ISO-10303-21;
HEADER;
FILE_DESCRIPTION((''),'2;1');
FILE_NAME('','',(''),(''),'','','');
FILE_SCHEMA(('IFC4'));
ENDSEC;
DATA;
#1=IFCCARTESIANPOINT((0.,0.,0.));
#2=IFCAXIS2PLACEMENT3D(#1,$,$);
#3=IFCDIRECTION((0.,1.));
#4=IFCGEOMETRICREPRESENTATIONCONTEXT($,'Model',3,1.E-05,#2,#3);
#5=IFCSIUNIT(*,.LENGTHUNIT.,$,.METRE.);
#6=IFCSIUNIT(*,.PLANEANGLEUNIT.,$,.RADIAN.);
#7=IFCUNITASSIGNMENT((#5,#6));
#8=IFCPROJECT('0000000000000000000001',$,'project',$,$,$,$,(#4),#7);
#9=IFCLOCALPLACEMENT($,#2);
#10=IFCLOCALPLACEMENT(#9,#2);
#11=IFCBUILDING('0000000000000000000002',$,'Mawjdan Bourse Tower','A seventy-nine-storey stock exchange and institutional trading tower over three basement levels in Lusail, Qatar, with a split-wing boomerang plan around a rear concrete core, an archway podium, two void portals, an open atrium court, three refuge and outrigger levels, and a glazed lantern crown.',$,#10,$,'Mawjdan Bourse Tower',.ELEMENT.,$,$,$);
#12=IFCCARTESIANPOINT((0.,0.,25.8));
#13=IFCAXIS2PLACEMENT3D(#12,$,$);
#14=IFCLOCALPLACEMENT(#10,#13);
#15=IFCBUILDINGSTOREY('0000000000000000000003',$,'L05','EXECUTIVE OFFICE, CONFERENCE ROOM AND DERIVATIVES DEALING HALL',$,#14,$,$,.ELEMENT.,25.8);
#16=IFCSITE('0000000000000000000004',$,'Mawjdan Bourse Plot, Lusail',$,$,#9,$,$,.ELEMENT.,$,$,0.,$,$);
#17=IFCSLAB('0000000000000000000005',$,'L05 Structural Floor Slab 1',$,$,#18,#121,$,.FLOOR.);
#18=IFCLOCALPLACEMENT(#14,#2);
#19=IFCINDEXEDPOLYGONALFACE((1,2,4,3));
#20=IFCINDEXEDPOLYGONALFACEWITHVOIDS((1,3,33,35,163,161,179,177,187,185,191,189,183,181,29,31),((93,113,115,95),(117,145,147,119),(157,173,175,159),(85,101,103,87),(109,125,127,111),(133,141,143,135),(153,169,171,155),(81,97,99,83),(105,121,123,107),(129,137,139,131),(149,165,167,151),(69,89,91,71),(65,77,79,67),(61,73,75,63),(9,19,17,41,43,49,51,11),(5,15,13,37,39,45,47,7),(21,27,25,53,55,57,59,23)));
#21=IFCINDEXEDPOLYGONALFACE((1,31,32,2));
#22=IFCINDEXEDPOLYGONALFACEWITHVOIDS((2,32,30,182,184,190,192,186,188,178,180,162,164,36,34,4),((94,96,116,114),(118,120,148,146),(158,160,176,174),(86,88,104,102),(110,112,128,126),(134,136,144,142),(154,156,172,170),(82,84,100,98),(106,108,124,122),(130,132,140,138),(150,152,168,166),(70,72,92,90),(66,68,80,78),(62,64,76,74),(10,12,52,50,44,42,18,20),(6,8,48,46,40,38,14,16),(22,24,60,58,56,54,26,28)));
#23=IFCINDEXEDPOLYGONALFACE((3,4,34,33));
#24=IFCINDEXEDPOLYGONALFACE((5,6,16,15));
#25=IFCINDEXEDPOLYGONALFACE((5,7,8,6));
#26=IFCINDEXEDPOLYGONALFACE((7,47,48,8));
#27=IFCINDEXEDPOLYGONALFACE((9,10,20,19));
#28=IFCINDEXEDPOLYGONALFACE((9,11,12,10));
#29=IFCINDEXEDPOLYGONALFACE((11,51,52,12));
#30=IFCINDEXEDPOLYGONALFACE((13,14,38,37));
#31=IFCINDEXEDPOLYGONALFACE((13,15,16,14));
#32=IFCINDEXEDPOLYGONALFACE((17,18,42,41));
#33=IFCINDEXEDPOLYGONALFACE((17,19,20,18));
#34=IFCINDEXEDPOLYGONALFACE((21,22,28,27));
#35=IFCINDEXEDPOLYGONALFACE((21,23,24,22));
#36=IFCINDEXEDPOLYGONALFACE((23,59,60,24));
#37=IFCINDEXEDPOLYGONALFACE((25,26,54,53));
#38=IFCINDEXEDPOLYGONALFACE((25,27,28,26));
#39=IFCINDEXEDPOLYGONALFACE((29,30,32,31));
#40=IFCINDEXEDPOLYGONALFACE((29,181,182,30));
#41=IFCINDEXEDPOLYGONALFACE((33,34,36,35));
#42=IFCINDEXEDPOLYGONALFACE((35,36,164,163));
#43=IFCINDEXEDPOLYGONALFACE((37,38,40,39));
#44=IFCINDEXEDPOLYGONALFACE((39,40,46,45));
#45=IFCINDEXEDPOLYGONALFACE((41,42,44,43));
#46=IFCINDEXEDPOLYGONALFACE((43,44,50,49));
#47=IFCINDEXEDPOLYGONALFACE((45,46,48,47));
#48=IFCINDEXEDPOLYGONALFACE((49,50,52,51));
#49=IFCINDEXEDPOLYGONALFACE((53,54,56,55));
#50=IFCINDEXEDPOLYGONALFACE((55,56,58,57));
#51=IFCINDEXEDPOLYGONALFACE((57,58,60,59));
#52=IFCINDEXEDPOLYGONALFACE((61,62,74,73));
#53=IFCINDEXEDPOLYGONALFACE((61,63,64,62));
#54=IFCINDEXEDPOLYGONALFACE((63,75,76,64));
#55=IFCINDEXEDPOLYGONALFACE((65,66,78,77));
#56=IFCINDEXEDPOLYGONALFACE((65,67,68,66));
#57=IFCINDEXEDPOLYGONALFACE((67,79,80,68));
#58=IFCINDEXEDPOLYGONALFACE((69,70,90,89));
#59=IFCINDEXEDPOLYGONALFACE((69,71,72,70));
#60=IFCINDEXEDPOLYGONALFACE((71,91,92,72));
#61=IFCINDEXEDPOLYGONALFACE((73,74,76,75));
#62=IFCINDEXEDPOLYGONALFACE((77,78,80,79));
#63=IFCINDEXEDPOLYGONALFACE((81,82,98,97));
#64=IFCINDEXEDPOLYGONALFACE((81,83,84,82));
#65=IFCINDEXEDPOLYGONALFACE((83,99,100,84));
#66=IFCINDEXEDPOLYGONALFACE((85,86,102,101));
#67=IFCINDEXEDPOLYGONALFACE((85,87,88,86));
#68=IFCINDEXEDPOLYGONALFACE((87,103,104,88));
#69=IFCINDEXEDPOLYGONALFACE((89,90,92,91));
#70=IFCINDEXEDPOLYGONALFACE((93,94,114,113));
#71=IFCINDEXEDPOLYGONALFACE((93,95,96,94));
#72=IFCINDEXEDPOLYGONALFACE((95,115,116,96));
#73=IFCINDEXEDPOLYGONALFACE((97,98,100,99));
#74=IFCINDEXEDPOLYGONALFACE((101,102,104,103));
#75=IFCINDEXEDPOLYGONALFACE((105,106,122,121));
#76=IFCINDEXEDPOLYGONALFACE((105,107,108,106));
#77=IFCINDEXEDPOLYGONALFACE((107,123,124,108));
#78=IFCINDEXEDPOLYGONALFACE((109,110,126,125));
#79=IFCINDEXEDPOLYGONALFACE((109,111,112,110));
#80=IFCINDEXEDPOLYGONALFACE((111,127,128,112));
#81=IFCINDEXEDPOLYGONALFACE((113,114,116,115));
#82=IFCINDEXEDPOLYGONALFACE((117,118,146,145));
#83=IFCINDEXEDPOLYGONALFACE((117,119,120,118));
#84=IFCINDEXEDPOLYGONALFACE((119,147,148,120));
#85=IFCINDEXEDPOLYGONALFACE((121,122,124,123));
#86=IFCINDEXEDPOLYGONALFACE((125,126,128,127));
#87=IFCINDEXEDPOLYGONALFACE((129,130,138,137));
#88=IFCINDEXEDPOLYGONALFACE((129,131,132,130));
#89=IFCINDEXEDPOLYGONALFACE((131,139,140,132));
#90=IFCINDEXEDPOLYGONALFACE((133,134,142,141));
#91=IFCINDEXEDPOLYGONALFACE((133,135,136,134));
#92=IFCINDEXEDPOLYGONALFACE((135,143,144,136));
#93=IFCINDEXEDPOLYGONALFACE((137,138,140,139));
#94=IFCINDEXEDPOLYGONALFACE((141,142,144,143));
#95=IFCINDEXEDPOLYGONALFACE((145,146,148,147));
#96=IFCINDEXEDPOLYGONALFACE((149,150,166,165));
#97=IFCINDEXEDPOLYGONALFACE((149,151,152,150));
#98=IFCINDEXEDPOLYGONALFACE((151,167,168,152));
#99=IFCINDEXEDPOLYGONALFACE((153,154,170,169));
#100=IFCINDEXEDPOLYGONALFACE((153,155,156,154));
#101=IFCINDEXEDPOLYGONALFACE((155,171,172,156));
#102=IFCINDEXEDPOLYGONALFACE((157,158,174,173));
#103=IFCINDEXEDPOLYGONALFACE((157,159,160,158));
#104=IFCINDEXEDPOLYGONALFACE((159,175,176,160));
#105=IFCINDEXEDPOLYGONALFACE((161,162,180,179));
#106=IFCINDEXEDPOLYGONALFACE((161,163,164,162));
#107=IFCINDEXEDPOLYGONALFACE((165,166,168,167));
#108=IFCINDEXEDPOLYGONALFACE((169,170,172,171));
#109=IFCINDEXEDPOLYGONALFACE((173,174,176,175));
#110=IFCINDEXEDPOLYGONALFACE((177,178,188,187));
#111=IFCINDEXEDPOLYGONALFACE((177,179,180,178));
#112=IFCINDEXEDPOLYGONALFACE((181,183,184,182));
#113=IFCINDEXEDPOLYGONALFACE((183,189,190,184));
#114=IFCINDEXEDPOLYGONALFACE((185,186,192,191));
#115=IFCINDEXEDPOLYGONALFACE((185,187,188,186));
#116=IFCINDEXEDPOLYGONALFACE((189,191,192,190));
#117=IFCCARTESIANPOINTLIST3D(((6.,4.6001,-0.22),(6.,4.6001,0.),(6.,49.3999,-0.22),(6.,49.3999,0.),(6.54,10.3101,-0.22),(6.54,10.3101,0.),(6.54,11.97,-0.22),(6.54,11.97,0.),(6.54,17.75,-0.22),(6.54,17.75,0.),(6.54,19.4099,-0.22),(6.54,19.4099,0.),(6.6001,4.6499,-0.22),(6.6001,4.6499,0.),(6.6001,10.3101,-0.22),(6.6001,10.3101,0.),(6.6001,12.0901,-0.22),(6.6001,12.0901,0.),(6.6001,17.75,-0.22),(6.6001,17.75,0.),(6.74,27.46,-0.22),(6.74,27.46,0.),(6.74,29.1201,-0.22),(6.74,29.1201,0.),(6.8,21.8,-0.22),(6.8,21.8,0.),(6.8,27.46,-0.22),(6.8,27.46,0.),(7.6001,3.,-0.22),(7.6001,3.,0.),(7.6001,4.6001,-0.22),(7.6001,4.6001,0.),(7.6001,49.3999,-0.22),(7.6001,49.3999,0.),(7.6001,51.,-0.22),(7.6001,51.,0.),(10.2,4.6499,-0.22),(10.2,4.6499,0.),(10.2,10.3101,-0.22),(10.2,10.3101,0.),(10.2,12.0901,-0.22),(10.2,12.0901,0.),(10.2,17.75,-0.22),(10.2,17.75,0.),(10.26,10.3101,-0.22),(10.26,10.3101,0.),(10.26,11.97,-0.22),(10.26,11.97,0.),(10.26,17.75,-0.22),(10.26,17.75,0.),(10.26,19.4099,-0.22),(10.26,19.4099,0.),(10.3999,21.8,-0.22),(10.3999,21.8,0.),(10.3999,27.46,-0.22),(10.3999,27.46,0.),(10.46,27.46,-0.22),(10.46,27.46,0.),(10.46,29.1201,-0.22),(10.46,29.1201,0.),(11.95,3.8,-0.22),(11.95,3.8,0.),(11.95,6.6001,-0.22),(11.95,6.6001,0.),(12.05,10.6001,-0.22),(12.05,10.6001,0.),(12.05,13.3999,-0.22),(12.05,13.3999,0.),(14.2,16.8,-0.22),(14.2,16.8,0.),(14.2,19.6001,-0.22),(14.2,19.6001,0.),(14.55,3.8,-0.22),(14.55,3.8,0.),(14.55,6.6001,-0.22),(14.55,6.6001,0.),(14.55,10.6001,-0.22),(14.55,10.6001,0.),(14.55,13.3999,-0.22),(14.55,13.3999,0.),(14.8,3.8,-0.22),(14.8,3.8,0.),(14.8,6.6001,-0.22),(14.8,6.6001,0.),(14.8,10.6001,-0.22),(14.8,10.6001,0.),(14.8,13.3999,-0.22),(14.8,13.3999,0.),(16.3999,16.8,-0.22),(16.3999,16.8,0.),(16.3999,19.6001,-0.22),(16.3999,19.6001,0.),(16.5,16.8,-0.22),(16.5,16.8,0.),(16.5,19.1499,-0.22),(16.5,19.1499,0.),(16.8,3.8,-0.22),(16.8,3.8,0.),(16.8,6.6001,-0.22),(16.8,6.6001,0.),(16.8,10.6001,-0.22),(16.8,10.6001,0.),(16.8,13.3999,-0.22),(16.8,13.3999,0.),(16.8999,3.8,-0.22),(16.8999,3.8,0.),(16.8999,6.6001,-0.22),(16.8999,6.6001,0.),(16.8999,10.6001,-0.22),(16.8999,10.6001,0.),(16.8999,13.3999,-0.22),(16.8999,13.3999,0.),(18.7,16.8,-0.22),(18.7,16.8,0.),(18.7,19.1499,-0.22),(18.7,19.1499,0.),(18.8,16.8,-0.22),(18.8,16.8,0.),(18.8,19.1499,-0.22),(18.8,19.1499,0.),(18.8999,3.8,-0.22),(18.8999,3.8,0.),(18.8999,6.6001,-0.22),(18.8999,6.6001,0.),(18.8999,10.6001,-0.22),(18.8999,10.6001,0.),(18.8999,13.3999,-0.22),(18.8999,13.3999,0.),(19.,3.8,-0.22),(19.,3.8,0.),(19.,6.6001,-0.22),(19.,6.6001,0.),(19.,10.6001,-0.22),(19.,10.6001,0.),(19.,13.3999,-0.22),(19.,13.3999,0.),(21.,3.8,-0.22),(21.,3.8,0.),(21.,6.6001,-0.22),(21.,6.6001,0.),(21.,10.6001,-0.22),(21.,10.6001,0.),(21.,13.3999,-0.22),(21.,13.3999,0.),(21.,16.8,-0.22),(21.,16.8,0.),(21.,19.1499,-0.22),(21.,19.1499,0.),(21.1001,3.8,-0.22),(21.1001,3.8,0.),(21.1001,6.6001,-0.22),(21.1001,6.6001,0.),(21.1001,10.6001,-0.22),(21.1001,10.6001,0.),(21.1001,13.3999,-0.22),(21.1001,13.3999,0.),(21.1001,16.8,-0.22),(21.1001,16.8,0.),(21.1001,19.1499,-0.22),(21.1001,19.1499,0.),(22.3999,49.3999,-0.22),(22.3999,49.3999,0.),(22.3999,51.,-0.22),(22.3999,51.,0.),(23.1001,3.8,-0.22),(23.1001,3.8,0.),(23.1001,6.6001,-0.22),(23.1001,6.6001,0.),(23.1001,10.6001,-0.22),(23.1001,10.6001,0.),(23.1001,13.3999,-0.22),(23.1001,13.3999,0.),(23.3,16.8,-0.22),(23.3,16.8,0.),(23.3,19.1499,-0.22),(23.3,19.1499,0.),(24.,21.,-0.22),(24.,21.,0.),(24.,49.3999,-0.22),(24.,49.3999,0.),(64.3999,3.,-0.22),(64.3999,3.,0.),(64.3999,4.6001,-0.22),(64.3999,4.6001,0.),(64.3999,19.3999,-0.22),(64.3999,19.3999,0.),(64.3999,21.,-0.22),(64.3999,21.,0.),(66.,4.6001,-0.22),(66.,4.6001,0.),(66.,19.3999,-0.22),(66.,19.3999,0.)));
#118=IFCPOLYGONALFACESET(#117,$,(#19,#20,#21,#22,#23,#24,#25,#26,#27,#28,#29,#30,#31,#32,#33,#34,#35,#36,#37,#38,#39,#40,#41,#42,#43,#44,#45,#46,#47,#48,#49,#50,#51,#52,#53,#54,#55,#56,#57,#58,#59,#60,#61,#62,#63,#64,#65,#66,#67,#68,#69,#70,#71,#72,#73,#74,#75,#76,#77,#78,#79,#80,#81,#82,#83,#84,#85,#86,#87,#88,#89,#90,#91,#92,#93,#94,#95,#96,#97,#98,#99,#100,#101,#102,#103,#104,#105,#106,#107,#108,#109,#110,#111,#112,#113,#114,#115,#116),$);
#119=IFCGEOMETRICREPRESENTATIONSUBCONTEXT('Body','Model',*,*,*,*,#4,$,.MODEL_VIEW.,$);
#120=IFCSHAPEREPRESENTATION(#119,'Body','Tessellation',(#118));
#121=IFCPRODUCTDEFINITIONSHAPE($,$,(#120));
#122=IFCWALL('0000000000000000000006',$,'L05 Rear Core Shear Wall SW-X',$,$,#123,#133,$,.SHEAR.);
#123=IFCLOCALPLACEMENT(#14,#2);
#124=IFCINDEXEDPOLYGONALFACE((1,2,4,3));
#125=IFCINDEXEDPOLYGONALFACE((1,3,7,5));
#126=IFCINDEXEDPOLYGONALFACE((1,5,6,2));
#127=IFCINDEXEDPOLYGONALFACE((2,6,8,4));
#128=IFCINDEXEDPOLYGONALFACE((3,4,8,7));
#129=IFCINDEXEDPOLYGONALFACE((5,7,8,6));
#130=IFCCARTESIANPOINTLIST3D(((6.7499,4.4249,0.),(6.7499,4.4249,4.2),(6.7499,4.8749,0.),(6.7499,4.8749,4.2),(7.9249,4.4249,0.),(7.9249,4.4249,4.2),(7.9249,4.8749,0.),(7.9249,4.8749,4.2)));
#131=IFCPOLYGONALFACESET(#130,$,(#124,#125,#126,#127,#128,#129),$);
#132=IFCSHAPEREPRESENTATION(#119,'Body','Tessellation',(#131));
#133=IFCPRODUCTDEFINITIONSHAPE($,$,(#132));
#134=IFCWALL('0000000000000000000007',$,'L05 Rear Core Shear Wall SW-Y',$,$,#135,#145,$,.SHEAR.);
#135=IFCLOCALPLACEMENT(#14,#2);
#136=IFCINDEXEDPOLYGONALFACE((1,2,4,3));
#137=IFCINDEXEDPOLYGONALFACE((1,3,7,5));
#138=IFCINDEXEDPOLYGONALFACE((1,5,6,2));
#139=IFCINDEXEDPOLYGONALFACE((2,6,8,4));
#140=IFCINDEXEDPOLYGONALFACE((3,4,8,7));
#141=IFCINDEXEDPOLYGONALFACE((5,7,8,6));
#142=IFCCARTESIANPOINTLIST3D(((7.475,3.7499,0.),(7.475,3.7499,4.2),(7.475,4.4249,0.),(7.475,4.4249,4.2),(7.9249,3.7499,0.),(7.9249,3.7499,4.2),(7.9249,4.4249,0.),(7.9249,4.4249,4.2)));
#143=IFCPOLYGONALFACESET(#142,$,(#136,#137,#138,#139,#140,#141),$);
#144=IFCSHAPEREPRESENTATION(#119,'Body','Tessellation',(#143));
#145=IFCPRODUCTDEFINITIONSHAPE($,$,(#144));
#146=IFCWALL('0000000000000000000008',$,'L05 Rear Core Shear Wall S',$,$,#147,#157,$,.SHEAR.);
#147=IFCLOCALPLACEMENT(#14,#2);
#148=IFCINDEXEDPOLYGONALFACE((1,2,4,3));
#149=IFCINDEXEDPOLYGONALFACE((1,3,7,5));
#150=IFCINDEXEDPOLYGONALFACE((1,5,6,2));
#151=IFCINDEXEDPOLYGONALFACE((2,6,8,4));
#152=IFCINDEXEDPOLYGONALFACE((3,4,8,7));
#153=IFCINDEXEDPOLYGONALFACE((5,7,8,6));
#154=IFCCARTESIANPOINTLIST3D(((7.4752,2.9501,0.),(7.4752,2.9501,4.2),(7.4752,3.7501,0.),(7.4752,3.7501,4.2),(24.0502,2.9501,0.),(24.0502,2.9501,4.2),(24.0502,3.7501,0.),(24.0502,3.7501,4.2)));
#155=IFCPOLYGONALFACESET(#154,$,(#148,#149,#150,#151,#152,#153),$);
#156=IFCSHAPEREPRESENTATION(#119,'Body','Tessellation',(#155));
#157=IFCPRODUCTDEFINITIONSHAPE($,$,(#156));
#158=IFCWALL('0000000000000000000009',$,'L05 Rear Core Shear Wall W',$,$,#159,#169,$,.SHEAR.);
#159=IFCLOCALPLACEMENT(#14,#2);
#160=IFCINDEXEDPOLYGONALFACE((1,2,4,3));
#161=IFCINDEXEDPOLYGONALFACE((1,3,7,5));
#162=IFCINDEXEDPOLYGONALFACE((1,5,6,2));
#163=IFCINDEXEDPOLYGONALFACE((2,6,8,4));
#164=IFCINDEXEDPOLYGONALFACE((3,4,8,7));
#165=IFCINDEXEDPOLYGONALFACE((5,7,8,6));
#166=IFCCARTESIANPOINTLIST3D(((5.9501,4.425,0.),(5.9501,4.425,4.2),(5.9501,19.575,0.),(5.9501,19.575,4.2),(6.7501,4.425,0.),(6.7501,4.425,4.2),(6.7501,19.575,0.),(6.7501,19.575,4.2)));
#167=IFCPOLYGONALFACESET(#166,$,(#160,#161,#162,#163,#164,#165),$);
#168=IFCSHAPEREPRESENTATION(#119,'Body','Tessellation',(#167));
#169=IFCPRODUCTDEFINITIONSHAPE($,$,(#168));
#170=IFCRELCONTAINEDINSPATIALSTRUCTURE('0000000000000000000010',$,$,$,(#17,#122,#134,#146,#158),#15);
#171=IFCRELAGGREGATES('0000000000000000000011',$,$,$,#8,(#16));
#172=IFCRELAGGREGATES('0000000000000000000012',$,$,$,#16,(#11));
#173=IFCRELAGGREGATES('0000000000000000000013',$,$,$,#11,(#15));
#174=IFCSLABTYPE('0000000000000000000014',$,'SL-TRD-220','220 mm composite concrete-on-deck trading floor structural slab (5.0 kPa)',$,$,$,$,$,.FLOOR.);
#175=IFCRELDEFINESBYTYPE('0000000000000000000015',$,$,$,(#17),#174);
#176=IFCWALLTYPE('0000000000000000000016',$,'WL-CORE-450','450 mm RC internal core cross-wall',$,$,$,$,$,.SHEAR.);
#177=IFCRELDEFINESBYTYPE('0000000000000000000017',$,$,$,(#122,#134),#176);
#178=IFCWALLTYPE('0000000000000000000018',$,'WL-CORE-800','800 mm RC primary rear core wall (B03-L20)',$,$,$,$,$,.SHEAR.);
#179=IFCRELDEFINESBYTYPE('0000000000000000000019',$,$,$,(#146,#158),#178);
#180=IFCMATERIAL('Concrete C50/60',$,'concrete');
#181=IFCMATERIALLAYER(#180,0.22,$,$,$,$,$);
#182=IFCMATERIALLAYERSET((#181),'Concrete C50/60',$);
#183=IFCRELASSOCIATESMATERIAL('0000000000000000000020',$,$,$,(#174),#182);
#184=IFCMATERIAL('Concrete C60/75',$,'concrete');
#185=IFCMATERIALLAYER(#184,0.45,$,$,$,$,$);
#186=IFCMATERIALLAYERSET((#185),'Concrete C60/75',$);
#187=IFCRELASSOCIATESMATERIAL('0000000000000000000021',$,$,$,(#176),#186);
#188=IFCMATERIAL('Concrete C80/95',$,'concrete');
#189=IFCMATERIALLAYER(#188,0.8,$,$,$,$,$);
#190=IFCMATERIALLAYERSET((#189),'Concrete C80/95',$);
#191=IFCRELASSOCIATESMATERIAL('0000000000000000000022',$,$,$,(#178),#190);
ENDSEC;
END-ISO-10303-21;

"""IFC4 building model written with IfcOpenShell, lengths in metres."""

from ifc_helpers import new_model, si_unit, direction, frame, frame_2d, origin, place, context, subcontext, project, spatial, polyline, rectangle, outline, extrude, material, layer, layer_set, type_object, element, save


model = new_model("IFC4")

# Units and contexts
model_context = context("Model", 3, precision=1e-05, world=origin(), true_north=direction((0.0, 1.0)))
body_context = subcontext(model_context, "Body", "Model", "MODEL_VIEW")
ifc_project = project(units=[si_unit("LENGTHUNIT", "METRE"), si_unit("PLANEANGLEUNIT", "RADIAN")], contexts=[model_context])

# Site, building, storey
site_placement = place(None, origin())
site = spatial("IfcSite", under=ifc_project, at=site_placement, Name="Mawjdan Bourse Plot, Lusail", CompositionType="ELEMENT", RefElevation=0.0)
building_placement = place(site_placement, origin())
building = spatial("IfcBuilding", under=site, at=building_placement, Name="Mawjdan Bourse Tower", Description="A seventy-nine-storey stock exchange and institutional trading tower over three basement levels in Lusail, Qatar, with a split-wing boomerang plan around a rear concrete core, an archway podium, two void portals, an open atrium court, three refuge and outrigger levels, and a glazed lantern crown.", LongName="Mawjdan Bourse Tower", CompositionType="ELEMENT")
storey_placement = place(building_placement, frame((0.0, 0.0, 25.8)))
storey = spatial("IfcBuildingStorey", under=building, at=storey_placement, Name="L05", Description="EXECUTIVE OFFICE, CONFERENCE ROOM AND DERIVATIVES DEALING HALL", CompositionType="ELEMENT", Elevation=25.8)

# Shared definitions
ifc_material_1 = material(Name="Concrete C50/60", Category="concrete")

# Slab
ifc_layer_1 = layer(ifc_material_1, 0.22)
ifc_layer_set_1 = layer_set([ifc_layer_1], Name="Concrete C50/60")
slab_type_1 = type_object("IfcSlabType", Name="SL-TRD-220", Description="220 mm composite concrete-on-deck trading floor structural slab (5.0 kPa)", PredefinedType="FLOOR", material=ifc_layer_set_1)
slab_1_placement = place(storey_placement, frame((0.0, 0.0, -0.22)))
element("IfcSlab", 1, at=slab_1_placement, inside=storey, type_object=slab_type_1, Name="L05 Structural Floor Slab 1", PredefinedType="FLOOR", context=body_context, shape_type="SweptSolid", body=[
    extrude(outline(polyline([(7.6001, 3.0), (64.3999, 3.0), (64.3999, 4.6001), (66.0, 4.6001), (66.0, 19.3999), (64.3999, 19.3999), (64.3999, 21.0), (24.0, 21.0), (24.0, 49.3999), (22.3999, 49.3999), (22.3999, 51.0), (7.6001, 51.0), (7.6001, 49.3999), (6.0, 49.3999), (6.0, 4.6001), (7.6001, 4.6001), (7.6001, 3.0)]), holes=[polyline([(11.95, 3.8), (11.95, 6.6001), (14.55, 6.6001), (14.55, 3.8), (11.95, 3.8)]), polyline([(14.8, 3.8), (14.8, 6.6001), (16.8, 6.6001), (16.8, 3.8), (14.8, 3.8)]), polyline([(10.26, 11.97), (10.26, 10.3101), (10.2, 10.3101), (10.2, 4.6499), (6.6001, 4.6499), (6.6001, 10.3101), (6.54, 10.3101), (6.54, 11.97), (10.26, 11.97)]), polyline([(12.05, 13.3999), (14.55, 13.3999), (14.55, 10.6001), (12.05, 10.6001), (12.05, 13.3999)]), polyline([(6.6001, 17.75), (6.54, 17.75), (6.54, 19.4099), (10.26, 19.4099), (10.26, 17.75), (10.2, 17.75), (10.2, 12.0901), (6.6001, 12.0901), (6.6001, 17.75)]), polyline([(14.2, 16.8), (14.2, 19.6001), (16.3999, 19.6001), (16.3999, 16.8), (14.2, 16.8)]), polyline([(10.46, 27.46), (10.3999, 27.46), (10.3999, 21.8), (6.8, 21.8), (6.8, 27.46), (6.74, 27.46), (6.74, 29.1201), (10.46, 29.1201), (10.46, 27.46)]), polyline([(16.8999, 3.8), (16.8999, 6.6001), (18.8999, 6.6001), (18.8999, 3.8), (16.8999, 3.8)]), polyline([(19.0, 3.8), (19.0, 6.6001), (21.0, 6.6001), (21.0, 3.8), (19.0, 3.8)]), polyline([(21.1001, 3.8), (21.1001, 6.6001), (23.1001, 6.6001), (23.1001, 3.8), (21.1001, 3.8)]), polyline([(14.8, 13.3999), (16.8, 13.3999), (16.8, 10.6001), (14.8, 10.6001), (14.8, 13.3999)]), polyline([(16.8999, 13.3999), (18.8999, 13.3999), (18.8999, 10.6001), (16.8999, 10.6001), (16.8999, 13.3999)]), polyline([(19.0, 10.6001), (19.0, 13.3999), (21.0, 13.3999), (21.0, 10.6001), (19.0, 10.6001)]), polyline([(21.1001, 10.6001), (21.1001, 13.3999), (23.1001, 13.3999), (23.1001, 10.6001), (21.1001, 10.6001)]), polyline([(16.5, 16.8), (16.5, 19.1499), (18.7, 19.1499), (18.7, 16.8), (16.5, 16.8)]), polyline([(18.8, 19.1499), (21.0, 19.1499), (21.0, 16.8), (18.8, 16.8), (18.8, 19.1499)]), polyline([(21.1001, 19.1499), (23.3, 19.1499), (23.3, 16.8), (21.1001, 16.8), (21.1001, 19.1499)])]), origin(), (0.0, 0.0, 1.0), 0.22),
])

# Walls
ifc_material_2 = material(Name="Concrete C60/75", Category="concrete")
ifc_layer_2 = layer(ifc_material_2, 0.45)
ifc_layer_set_2 = layer_set([ifc_layer_2], Name="Concrete C60/75")
wall_type_1 = type_object("IfcWallType", Name="WL-CORE-450", Description="450 mm RC internal core cross-wall", PredefinedType="SHEAR", material=ifc_layer_set_2)
wall_1_placement = place(storey_placement, frame((6.75, 4.6499, 0.0), z_axis=(0.0, 0.0, 1.0), x_axis=(1.0, 0.0, 0.0)))
element("IfcWall", 2, at=wall_1_placement, inside=storey, type_object=wall_type_1, Name="L05 Rear Core Shear Wall SW-X", PredefinedType="SHEAR", context=body_context, shape_type="SweptSolid", body=[
    extrude(rectangle(XDim=1.175, YDim=0.45, at=frame_2d((0.5874, 0.0))), origin(), (0.0, 0.0, 1.0), 4.2),
])
wall_2_placement = place(storey_placement, frame((7.7, 3.75, 0.0), z_axis=(0.0, 0.0, 1.0), x_axis=(0.0, 1.0, 0.0)))
element("IfcWall", 3, at=wall_2_placement, inside=storey, type_object=wall_type_1, Name="L05 Rear Core Shear Wall SW-Y", PredefinedType="SHEAR", context=body_context, shape_type="SweptSolid", body=[
    extrude(rectangle(XDim=0.675, YDim=0.45, at=frame_2d((0.3374, 0.0))), origin(), (0.0, 0.0, 1.0), 4.2),
])
ifc_material_3 = material(Name="Concrete C80/95", Category="concrete")
ifc_layer_3 = layer(ifc_material_3, 0.8)
ifc_layer_set_3 = layer_set([ifc_layer_3], Name="Concrete C80/95")
wall_type_2 = type_object("IfcWallType", Name="WL-CORE-800", Description="800 mm RC primary rear core wall (B03-L20)", PredefinedType="SHEAR", material=ifc_layer_set_3)
wall_3_placement = place(storey_placement, frame((7.4751, 3.3501, 0.0), z_axis=(0.0, 0.0, 1.0), x_axis=(1.0, 0.0, 0.0)))
element("IfcWall", 4, at=wall_3_placement, inside=storey, type_object=wall_type_2, Name="L05 Rear Core Shear Wall S", PredefinedType="SHEAR", context=body_context, shape_type="SweptSolid", body=[
    extrude(rectangle(XDim=16.575, YDim=0.8, at=frame_2d((8.2876, 0.0))), origin(), (0.0, 0.0, 1.0), 4.2),
])
wall_4_placement = place(storey_placement, frame((6.3501, 4.425, 0.0), z_axis=(0.0, 0.0, 1.0), x_axis=(0.0, 1.0, 0.0)))
element("IfcWall", 5, at=wall_4_placement, inside=storey, type_object=wall_type_2, Name="L05 Rear Core Shear Wall W", PredefinedType="SHEAR", context=body_context, shape_type="SweptSolid", body=[
    extrude(rectangle(XDim=15.1499, YDim=0.8, at=frame_2d((7.575, 0.0))), origin(), (0.0, 0.0, 1.0), 4.2),
])

save(model, "model.ifc")
